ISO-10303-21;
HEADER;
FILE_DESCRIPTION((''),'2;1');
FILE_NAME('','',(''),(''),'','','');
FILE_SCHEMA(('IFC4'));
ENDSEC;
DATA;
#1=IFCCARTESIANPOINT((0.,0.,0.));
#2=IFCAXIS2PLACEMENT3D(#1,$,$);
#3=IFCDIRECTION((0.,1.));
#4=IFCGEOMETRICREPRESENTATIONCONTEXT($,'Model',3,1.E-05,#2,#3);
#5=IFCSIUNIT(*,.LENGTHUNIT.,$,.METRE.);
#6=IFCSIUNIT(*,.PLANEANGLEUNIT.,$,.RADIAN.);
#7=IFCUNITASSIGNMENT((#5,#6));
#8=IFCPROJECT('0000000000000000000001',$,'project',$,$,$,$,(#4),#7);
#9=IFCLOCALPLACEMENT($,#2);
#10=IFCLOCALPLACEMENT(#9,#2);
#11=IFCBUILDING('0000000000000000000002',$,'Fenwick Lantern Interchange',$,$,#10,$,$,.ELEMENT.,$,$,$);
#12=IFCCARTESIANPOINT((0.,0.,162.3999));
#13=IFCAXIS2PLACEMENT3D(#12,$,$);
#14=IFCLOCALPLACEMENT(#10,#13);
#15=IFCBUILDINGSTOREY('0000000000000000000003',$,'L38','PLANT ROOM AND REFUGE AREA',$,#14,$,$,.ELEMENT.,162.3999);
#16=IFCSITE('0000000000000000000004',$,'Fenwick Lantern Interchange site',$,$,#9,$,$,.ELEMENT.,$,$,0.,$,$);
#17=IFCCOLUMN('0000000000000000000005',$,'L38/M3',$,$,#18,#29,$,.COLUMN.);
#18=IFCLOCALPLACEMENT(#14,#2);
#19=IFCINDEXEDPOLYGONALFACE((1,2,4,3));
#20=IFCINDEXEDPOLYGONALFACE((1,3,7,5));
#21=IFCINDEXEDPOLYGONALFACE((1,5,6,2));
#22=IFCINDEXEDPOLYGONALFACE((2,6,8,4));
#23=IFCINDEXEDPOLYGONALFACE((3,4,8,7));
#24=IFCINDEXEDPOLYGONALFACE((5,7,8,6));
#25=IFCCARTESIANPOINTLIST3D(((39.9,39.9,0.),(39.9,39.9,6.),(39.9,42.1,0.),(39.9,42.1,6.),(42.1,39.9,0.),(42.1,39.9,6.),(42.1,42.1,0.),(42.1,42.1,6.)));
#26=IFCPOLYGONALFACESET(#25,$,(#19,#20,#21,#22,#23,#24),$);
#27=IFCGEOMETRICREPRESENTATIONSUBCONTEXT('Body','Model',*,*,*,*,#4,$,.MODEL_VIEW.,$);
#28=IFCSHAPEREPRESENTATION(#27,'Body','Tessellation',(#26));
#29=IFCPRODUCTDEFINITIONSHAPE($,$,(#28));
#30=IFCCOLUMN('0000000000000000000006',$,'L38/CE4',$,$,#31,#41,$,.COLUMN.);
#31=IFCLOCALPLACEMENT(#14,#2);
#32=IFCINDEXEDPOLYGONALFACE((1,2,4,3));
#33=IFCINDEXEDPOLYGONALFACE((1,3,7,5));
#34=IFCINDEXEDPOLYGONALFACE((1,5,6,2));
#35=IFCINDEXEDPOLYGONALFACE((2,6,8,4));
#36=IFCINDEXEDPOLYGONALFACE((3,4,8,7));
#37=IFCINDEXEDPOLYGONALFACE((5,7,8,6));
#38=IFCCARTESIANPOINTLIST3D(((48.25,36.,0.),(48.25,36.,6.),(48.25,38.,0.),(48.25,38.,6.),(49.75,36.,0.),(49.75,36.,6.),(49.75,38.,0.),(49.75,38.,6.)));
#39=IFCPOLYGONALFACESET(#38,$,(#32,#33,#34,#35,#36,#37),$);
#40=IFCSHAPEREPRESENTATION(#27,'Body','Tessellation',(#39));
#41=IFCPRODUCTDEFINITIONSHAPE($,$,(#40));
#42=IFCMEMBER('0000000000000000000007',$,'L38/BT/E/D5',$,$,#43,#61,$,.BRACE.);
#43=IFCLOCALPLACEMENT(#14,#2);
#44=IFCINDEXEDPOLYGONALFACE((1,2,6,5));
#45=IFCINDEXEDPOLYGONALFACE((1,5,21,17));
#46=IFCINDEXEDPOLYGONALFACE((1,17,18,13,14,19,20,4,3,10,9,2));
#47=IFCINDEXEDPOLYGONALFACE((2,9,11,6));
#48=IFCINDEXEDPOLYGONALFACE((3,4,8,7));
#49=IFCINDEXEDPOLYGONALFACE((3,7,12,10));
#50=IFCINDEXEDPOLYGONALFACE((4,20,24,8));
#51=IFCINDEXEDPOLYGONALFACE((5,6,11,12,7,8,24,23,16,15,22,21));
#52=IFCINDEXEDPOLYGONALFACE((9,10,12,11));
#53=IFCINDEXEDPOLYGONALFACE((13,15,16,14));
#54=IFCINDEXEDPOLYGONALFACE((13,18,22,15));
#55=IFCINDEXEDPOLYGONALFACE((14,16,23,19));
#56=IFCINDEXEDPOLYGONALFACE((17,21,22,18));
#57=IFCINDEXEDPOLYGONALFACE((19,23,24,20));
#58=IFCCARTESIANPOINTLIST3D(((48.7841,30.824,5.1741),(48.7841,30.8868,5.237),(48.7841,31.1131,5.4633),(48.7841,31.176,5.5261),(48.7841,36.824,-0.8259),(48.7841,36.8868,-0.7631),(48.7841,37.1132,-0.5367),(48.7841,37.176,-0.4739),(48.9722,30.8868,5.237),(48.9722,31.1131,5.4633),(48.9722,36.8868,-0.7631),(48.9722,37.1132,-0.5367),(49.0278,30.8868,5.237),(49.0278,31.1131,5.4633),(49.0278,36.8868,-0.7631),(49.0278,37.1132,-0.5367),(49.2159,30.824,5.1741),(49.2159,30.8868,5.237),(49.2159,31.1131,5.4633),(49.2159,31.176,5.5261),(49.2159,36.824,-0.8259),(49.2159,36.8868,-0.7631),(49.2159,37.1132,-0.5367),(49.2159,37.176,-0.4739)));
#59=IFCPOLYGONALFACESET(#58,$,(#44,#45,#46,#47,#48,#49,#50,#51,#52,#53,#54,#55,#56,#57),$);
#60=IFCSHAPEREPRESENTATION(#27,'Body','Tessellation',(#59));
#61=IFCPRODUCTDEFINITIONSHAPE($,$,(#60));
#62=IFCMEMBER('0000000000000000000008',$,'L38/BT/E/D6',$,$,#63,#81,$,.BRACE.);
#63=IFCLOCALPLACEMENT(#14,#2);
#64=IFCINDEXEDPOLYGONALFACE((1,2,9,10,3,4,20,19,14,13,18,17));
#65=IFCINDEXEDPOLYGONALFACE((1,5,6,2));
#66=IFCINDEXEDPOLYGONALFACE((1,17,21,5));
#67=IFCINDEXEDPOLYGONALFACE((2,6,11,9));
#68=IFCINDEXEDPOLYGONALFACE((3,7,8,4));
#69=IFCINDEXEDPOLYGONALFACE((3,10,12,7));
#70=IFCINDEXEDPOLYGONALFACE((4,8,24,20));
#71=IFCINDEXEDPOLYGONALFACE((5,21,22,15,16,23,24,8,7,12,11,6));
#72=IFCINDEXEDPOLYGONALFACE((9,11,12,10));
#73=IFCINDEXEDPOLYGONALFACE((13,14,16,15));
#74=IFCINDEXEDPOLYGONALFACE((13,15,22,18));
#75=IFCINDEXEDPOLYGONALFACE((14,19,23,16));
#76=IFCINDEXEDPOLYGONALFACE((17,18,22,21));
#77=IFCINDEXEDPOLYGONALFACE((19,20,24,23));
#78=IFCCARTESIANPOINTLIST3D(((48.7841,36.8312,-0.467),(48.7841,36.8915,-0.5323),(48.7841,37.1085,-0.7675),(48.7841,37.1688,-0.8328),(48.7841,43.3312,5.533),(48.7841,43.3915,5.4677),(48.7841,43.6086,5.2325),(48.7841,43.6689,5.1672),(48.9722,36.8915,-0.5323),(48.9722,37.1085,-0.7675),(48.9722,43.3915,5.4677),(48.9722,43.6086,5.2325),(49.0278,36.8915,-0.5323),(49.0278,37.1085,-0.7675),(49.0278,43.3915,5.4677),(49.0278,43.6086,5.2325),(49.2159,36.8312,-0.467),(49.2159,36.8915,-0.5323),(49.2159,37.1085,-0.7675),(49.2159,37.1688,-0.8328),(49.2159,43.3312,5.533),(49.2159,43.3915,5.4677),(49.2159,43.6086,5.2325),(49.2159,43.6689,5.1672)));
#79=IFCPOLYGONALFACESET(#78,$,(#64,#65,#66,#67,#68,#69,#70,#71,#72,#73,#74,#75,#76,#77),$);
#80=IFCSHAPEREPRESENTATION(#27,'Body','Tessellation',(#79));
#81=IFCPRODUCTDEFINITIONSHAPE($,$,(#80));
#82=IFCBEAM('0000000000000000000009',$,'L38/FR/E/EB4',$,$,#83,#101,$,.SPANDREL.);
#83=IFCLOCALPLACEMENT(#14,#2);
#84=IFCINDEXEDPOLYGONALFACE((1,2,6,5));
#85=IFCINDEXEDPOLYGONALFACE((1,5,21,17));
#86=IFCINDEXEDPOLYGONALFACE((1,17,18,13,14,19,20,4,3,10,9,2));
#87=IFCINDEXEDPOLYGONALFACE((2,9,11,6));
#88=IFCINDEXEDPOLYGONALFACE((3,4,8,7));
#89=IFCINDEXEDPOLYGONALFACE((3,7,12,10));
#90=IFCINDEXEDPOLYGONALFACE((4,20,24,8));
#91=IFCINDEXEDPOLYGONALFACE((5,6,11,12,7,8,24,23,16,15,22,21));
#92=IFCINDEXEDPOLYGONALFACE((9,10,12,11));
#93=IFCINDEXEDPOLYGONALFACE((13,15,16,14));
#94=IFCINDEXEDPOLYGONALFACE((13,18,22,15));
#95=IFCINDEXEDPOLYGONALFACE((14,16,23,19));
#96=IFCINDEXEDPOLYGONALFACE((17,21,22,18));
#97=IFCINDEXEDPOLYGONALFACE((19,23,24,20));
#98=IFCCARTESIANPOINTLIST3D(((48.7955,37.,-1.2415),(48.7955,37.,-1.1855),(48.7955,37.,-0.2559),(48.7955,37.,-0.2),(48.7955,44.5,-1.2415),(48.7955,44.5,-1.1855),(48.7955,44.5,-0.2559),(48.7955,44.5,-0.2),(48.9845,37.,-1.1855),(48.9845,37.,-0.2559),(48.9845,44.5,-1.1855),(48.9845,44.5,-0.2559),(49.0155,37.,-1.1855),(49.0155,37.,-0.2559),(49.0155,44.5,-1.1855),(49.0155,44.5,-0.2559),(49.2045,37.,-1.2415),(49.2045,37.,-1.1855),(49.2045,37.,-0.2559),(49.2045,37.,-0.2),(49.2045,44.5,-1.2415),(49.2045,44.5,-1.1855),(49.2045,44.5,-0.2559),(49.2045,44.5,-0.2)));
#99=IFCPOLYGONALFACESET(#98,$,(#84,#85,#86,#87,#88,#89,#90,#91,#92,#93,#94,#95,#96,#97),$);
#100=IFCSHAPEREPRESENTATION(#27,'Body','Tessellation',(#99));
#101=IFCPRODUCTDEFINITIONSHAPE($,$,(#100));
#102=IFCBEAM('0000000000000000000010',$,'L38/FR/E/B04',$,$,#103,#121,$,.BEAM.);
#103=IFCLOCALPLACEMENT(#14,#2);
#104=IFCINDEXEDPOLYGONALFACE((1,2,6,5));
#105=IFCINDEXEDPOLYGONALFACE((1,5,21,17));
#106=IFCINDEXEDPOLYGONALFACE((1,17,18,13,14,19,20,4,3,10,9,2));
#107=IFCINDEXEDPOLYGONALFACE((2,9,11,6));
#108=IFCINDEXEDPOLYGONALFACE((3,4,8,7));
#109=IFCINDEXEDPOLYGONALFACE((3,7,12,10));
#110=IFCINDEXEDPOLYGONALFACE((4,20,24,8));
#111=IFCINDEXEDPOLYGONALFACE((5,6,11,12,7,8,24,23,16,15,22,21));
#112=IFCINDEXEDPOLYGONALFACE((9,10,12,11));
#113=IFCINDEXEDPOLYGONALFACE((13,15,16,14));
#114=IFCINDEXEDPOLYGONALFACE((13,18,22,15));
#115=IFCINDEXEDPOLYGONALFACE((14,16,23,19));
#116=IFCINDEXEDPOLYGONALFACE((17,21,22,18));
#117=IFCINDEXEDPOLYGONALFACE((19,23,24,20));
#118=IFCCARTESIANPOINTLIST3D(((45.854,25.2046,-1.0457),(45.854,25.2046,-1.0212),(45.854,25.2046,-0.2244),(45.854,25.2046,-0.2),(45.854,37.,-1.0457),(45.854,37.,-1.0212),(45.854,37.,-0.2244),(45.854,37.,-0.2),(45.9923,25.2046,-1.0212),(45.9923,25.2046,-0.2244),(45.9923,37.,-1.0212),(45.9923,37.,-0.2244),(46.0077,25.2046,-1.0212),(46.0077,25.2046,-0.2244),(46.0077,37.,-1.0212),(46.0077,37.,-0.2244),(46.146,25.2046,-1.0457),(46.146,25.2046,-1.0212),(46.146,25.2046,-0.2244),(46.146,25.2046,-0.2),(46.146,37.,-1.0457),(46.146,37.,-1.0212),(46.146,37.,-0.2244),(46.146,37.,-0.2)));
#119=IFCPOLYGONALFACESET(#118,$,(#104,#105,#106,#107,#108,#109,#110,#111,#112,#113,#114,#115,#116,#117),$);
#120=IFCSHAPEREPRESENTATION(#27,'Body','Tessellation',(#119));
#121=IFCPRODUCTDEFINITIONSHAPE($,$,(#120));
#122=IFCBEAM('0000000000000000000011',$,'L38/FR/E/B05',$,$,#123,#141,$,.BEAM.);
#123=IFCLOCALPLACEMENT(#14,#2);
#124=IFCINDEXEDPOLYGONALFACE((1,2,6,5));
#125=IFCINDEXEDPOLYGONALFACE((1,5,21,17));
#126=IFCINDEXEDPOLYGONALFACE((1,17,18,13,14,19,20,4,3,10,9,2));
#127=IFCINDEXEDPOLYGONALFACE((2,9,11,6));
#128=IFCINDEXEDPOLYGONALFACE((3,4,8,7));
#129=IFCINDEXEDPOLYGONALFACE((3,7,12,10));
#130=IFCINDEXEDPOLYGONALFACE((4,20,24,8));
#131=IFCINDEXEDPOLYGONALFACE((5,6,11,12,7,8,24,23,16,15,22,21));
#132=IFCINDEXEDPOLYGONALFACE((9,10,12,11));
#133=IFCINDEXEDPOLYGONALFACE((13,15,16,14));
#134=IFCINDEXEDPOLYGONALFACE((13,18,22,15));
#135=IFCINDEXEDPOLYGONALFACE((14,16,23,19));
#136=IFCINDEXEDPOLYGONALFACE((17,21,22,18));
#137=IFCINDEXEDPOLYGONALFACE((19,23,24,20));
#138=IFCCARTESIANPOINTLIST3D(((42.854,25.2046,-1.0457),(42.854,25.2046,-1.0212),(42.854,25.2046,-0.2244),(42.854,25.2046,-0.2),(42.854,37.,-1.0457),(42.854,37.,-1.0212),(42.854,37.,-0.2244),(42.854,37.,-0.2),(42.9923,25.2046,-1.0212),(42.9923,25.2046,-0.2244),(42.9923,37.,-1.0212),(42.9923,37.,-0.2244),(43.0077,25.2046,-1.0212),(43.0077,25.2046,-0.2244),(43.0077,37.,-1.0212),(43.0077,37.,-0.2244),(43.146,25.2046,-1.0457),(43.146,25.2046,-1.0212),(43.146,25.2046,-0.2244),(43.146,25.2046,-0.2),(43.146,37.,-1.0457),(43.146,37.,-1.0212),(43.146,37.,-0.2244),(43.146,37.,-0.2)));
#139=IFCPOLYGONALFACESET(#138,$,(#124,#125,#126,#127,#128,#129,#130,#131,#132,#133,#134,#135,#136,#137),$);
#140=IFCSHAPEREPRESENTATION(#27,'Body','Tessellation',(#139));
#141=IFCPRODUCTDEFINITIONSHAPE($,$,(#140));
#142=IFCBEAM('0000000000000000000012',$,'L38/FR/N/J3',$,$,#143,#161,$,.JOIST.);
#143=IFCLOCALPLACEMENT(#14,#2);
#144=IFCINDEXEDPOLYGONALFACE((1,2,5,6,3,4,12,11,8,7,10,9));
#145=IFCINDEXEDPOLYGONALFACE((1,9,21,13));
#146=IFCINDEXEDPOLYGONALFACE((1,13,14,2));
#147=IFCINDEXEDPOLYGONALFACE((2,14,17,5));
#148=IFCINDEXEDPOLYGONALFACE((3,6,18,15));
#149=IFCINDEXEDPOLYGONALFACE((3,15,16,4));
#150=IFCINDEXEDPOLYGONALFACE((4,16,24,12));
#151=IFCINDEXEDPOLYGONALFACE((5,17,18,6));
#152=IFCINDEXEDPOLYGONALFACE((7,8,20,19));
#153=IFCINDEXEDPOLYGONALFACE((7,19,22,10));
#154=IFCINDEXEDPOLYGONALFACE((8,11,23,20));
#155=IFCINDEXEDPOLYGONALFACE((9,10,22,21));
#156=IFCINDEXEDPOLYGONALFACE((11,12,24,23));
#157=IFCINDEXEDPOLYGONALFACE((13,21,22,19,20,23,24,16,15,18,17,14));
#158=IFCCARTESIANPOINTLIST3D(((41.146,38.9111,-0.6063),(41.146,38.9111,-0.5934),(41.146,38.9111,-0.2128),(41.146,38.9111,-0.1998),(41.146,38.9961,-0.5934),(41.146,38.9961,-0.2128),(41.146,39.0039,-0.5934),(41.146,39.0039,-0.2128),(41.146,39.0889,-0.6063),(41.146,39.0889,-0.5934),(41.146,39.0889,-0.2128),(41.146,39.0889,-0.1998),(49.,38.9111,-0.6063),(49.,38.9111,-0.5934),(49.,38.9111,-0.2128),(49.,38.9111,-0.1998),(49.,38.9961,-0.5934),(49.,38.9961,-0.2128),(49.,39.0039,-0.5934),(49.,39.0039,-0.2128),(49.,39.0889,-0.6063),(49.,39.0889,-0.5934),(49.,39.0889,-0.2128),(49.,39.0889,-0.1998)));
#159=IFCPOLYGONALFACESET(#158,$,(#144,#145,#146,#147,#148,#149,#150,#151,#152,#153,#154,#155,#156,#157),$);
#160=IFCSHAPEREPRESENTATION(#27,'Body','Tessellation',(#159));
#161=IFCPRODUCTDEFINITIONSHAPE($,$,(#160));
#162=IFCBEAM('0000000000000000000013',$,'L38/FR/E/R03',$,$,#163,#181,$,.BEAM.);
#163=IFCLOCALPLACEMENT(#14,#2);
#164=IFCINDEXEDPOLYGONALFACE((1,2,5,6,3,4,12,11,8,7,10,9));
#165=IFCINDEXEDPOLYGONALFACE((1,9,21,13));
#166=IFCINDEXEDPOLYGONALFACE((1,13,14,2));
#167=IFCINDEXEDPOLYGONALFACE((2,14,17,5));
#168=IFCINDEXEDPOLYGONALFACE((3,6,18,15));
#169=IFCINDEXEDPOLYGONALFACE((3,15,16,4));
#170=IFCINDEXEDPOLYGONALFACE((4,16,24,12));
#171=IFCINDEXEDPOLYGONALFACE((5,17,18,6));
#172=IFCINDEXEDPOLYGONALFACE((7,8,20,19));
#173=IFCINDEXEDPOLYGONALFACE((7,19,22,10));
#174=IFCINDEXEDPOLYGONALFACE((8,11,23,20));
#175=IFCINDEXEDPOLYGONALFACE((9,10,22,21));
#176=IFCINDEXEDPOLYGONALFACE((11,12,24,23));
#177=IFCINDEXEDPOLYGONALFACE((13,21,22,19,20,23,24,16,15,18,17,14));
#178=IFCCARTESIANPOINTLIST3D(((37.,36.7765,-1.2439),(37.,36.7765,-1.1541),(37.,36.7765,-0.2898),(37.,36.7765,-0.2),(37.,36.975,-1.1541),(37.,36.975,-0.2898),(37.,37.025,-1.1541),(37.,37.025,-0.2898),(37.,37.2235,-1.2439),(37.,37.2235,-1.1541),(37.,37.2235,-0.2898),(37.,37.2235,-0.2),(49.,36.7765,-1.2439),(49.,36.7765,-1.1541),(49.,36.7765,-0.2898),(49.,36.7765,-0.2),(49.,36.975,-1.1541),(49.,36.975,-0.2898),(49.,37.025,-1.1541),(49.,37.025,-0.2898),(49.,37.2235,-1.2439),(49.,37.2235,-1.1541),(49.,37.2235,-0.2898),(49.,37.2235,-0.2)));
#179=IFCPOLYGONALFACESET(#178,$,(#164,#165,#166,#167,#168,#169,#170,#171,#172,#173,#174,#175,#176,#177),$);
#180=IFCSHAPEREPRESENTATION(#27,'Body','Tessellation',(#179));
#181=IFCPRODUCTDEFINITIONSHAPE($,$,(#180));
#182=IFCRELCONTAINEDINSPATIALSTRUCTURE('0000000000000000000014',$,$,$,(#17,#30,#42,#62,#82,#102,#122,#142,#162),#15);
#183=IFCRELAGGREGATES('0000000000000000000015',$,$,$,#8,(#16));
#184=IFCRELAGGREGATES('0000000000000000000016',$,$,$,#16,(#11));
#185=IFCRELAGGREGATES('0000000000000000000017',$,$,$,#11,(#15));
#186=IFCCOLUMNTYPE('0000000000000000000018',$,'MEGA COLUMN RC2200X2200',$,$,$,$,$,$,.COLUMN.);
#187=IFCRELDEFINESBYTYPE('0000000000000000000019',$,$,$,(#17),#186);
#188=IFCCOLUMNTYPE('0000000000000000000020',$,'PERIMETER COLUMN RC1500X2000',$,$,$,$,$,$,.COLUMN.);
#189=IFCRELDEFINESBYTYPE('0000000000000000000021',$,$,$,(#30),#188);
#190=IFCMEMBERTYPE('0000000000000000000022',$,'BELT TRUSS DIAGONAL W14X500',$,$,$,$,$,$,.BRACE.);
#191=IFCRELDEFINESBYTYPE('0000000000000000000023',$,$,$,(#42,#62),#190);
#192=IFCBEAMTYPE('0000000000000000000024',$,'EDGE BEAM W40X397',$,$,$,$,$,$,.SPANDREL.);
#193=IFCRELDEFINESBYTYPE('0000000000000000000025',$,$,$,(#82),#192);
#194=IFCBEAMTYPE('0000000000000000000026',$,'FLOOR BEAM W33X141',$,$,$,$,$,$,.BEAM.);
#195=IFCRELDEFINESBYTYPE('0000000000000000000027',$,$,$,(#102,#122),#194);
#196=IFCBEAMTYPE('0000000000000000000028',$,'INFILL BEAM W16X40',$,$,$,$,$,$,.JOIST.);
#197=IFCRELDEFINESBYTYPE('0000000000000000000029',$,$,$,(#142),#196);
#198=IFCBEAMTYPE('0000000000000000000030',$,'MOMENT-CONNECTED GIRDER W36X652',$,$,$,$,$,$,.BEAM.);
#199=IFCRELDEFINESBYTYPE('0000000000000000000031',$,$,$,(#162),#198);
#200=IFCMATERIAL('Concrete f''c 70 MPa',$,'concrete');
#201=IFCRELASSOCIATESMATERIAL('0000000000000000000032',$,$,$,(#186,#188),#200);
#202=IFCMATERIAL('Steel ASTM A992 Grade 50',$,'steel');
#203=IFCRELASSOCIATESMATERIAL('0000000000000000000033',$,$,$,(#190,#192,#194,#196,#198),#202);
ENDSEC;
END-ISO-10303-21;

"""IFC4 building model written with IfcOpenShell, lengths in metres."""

from ifc_helpers import new_model, si_unit, direction, frame, origin, origin_2d, place, context, subcontext, project, spatial, rectangle, i_section, extrude, material, material_profile, profile_set, type_object, element, save


model = new_model("IFC4")

# Units and contexts
model_context = context("Model", 3, precision=1e-05, world=origin(), true_north=direction((0.0, 1.0)))
body_context = subcontext(model_context, "Body", "Model", "MODEL_VIEW")
ifc_project = project(units=[si_unit("LENGTHUNIT", "METRE"), si_unit("PLANEANGLEUNIT", "RADIAN")], contexts=[model_context])

# Site, building, storey
site_placement = place(None, origin())
site = spatial("IfcSite", under=ifc_project, at=site_placement, Name="Fenwick Lantern Interchange site", CompositionType="ELEMENT", RefElevation=0.0)
building_placement = place(site_placement, origin())
building = spatial("IfcBuilding", under=site, at=building_placement, Name="Fenwick Lantern Interchange", CompositionType="ELEMENT")
storey_placement = place(building_placement, frame((0.0, 0.0, 162.3999)))
storey = spatial("IfcBuildingStorey", under=building, at=storey_placement, Name="L38", Description="PLANT ROOM AND REFUGE AREA", CompositionType="ELEMENT", Elevation=162.3999)

# Columns
ifc_material_1 = material(Name="Concrete f'c 70 MPa", Category="concrete")
ifc_material_profile_1 = material_profile(ifc_material_1, rectangle(XDim=2.2, YDim=2.2, at=origin_2d()), Name="RC2200X2200")
ifc_profile_set_1 = profile_set([ifc_material_profile_1], Name="Concrete f'c 70 MPa")
column_type_1 = type_object("IfcColumnType", Name="MEGA COLUMN RC2200X2200", PredefinedType="COLUMN", material=ifc_profile_set_1)
column_1_placement = place(storey_placement, frame((41.0, 41.0, 0.0), z_axis=(0.0, 0.0, 1.0), x_axis=(1.0, 0.0, 0.0)))
element("IfcColumn", 1, at=column_1_placement, inside=storey, type_object=column_type_1, Name="L38/M3", PredefinedType="COLUMN", context=body_context, shape_type="SweptSolid", body=[
    extrude(rectangle(XDim=2.2, YDim=2.2, at=origin_2d()), origin(), (0.0, 0.0, 1.0), 6.0),
])
ifc_material_profile_2 = material_profile(ifc_material_1, rectangle(XDim=1.5, YDim=2.0, at=origin_2d()), Name="RC1500X2000")
ifc_profile_set_2 = profile_set([ifc_material_profile_2], Name="Concrete f'c 70 MPa")
column_type_2 = type_object("IfcColumnType", Name="PERIMETER COLUMN RC1500X2000", PredefinedType="COLUMN", material=ifc_profile_set_2)
column_2_placement = place(storey_placement, frame((49.0, 37.0, 0.0), z_axis=(0.0, 0.0, 1.0), x_axis=(1.0, 0.0, 0.0)))
element("IfcColumn", 2, at=column_2_placement, inside=storey, type_object=column_type_2, Name="L38/CE4", PredefinedType="COLUMN", context=body_context, shape_type="SweptSolid", body=[
    extrude(rectangle(XDim=1.5, YDim=2.0, at=origin_2d()), origin(), (0.0, 0.0, 1.0), 6.0),
])

# Members
ifc_material_2 = material(Name="Steel ASTM A992 Grade 50", Category="steel")
ifc_material_profile_3 = material_profile(ifc_material_2, i_section(OverallWidth=0.4319, OverallDepth=0.4978, WebThickness=0.0557, FlangeThickness=0.0889, at=origin_2d()), Name="W14X500")
ifc_profile_set_3 = profile_set([ifc_material_profile_3], Name="Steel ASTM A992 Grade 50")
member_type_1 = type_object("IfcMemberType", Name="BELT TRUSS DIAGONAL W14X500", PredefinedType="BRACE", material=ifc_profile_set_3)
member_1_placement = place(storey_placement, frame((49.0, 37.0, -0.6499), z_axis=(0.0, -0.707107, 0.707107), x_axis=(1.0, 0.0, 0.0)))
element("IfcMember", 3, at=member_1_placement, inside=storey, type_object=member_type_1, Name="L38/BT/E/D5", PredefinedType="BRACE", context=body_context, shape_type="SweptSolid", body=[
    extrude(i_section(OverallWidth=0.4319, OverallDepth=0.4978, WebThickness=0.0557, FlangeThickness=0.0889, at=origin_2d()), origin(), (0.0, 0.0, 1.0), 8.4854),
])
member_2_placement = place(storey_placement, frame((49.0, 37.0, -0.6499), z_axis=(0.0, 0.734803, 0.67828), x_axis=(-1.0, 0.0, 0.0)))
element("IfcMember", 4, at=member_2_placement, inside=storey, type_object=member_type_1, Name="L38/BT/E/D6", PredefinedType="BRACE", context=body_context, shape_type="SweptSolid", body=[
    extrude(i_section(OverallWidth=0.4319, OverallDepth=0.4978, WebThickness=0.0557, FlangeThickness=0.0889, at=origin_2d()), origin(), (0.0, 0.0, 1.0), 8.8459),
])

# Beams
ifc_material_profile_4 = material_profile(ifc_material_2, i_section(OverallWidth=0.4089, OverallDepth=1.0415, WebThickness=0.031, FlangeThickness=0.0559, at=origin_2d()), Name="W40X397")
ifc_profile_set_4 = profile_set([ifc_material_profile_4], Name="Steel ASTM A992 Grade 50")
beam_type_1 = type_object("IfcBeamType", Name="EDGE BEAM W40X397", PredefinedType="SPANDREL", material=ifc_profile_set_4)
beam_1_placement = place(storey_placement, frame((49.0, 37.0, -0.7207), z_axis=(0.0, 1.0, 0.0), x_axis=(-1.0, 0.0, 0.0)))
element("IfcBeam", 5, at=beam_1_placement, inside=storey, type_object=beam_type_1, Name="L38/FR/E/EB4", PredefinedType="SPANDREL", context=body_context, shape_type="SweptSolid", body=[
    extrude(i_section(OverallWidth=0.4089, OverallDepth=1.0415, WebThickness=0.031, FlangeThickness=0.0559, at=origin_2d()), origin(), (0.0, 0.0, 1.0), 7.5),
])
ifc_material_profile_5 = material_profile(ifc_material_2, i_section(OverallWidth=0.292, OverallDepth=0.8457, WebThickness=0.0154, FlangeThickness=0.0244, at=origin_2d()), Name="W33X141")
ifc_profile_set_5 = profile_set([ifc_material_profile_5], Name="Steel ASTM A992 Grade 50")
beam_type_2 = type_object("IfcBeamType", Name="FLOOR BEAM W33X141", PredefinedType="BEAM", material=ifc_profile_set_5)
for number, where, z_axis, x_axis, name in (
    (6, (46.0, 25.2046, -0.6228), (0.0, 1.0, 0.0), (-1.0, 0.0, 0.0), "L38/FR/E/B04"),
    (7, (43.0, 25.2046, -0.6228), (0.0, 1.0, 0.0), (-1.0, 0.0, 0.0), "L38/FR/E/B05"),
):
    element("IfcBeam", number, at=place(storey_placement, frame(where, z_axis=z_axis, x_axis=x_axis)), inside=storey, type_object=beam_type_2, Name=name, PredefinedType="BEAM", context=body_context, shape_type="SweptSolid", body=[
        extrude(i_section(OverallWidth=0.292, OverallDepth=0.8457, WebThickness=0.0154, FlangeThickness=0.0244, at=origin_2d()), origin(), (0.0, 0.0, 1.0), 11.7954),
    ])
ifc_material_profile_6 = material_profile(ifc_material_2, i_section(OverallWidth=0.1777, OverallDepth=0.4065, WebThickness=0.0078, FlangeThickness=0.0129, at=origin_2d()), Name="W16X40")
ifc_profile_set_6 = profile_set([ifc_material_profile_6], Name="Steel ASTM A992 Grade 50")
beam_type_3 = type_object("IfcBeamType", Name="INFILL BEAM W16X40", PredefinedType="JOIST", material=ifc_profile_set_6)
beam_2_placement = place(storey_placement, frame((49.0, 39.0, -0.4031), z_axis=(-1.0, 0.0, 0.0), x_axis=(0.0, -1.0, 0.0)))
element("IfcBeam", 8, at=beam_2_placement, inside=storey, type_object=beam_type_3, Name="L38/FR/N/J3", PredefinedType="JOIST", context=body_context, shape_type="SweptSolid", body=[
    extrude(i_section(OverallWidth=0.1777, OverallDepth=0.4065, WebThickness=0.0078, FlangeThickness=0.0129, at=origin_2d()), origin(), (0.0, 0.0, 1.0), 7.854),
])
ifc_material_profile_7 = material_profile(ifc_material_2, i_section(OverallWidth=0.447, OverallDepth=1.0439, WebThickness=0.05, FlangeThickness=0.0898, at=origin_2d()), Name="W36X652")
ifc_profile_set_7 = profile_set([ifc_material_profile_7], Name="Steel ASTM A992 Grade 50")
beam_type_4 = type_object("IfcBeamType", Name="MOMENT-CONNECTED GIRDER W36X652", PredefinedType="BEAM", material=ifc_profile_set_7)
beam_3_placement = place(storey_placement, frame((49.0, 37.0, -0.7219), z_axis=(-1.0, 0.0, 0.0), x_axis=(0.0, -1.0, 0.0)))
element("IfcBeam", 9, at=beam_3_placement, inside=storey, type_object=beam_type_4, Name="L38/FR/E/R03", PredefinedType="BEAM", context=body_context, shape_type="SweptSolid", body=[
    extrude(i_section(OverallWidth=0.447, OverallDepth=1.0439, WebThickness=0.05, FlangeThickness=0.0898, at=origin_2d()), origin(), (0.0, 0.0, 1.0), 12.0),
])

save(model, "model.ifc")
